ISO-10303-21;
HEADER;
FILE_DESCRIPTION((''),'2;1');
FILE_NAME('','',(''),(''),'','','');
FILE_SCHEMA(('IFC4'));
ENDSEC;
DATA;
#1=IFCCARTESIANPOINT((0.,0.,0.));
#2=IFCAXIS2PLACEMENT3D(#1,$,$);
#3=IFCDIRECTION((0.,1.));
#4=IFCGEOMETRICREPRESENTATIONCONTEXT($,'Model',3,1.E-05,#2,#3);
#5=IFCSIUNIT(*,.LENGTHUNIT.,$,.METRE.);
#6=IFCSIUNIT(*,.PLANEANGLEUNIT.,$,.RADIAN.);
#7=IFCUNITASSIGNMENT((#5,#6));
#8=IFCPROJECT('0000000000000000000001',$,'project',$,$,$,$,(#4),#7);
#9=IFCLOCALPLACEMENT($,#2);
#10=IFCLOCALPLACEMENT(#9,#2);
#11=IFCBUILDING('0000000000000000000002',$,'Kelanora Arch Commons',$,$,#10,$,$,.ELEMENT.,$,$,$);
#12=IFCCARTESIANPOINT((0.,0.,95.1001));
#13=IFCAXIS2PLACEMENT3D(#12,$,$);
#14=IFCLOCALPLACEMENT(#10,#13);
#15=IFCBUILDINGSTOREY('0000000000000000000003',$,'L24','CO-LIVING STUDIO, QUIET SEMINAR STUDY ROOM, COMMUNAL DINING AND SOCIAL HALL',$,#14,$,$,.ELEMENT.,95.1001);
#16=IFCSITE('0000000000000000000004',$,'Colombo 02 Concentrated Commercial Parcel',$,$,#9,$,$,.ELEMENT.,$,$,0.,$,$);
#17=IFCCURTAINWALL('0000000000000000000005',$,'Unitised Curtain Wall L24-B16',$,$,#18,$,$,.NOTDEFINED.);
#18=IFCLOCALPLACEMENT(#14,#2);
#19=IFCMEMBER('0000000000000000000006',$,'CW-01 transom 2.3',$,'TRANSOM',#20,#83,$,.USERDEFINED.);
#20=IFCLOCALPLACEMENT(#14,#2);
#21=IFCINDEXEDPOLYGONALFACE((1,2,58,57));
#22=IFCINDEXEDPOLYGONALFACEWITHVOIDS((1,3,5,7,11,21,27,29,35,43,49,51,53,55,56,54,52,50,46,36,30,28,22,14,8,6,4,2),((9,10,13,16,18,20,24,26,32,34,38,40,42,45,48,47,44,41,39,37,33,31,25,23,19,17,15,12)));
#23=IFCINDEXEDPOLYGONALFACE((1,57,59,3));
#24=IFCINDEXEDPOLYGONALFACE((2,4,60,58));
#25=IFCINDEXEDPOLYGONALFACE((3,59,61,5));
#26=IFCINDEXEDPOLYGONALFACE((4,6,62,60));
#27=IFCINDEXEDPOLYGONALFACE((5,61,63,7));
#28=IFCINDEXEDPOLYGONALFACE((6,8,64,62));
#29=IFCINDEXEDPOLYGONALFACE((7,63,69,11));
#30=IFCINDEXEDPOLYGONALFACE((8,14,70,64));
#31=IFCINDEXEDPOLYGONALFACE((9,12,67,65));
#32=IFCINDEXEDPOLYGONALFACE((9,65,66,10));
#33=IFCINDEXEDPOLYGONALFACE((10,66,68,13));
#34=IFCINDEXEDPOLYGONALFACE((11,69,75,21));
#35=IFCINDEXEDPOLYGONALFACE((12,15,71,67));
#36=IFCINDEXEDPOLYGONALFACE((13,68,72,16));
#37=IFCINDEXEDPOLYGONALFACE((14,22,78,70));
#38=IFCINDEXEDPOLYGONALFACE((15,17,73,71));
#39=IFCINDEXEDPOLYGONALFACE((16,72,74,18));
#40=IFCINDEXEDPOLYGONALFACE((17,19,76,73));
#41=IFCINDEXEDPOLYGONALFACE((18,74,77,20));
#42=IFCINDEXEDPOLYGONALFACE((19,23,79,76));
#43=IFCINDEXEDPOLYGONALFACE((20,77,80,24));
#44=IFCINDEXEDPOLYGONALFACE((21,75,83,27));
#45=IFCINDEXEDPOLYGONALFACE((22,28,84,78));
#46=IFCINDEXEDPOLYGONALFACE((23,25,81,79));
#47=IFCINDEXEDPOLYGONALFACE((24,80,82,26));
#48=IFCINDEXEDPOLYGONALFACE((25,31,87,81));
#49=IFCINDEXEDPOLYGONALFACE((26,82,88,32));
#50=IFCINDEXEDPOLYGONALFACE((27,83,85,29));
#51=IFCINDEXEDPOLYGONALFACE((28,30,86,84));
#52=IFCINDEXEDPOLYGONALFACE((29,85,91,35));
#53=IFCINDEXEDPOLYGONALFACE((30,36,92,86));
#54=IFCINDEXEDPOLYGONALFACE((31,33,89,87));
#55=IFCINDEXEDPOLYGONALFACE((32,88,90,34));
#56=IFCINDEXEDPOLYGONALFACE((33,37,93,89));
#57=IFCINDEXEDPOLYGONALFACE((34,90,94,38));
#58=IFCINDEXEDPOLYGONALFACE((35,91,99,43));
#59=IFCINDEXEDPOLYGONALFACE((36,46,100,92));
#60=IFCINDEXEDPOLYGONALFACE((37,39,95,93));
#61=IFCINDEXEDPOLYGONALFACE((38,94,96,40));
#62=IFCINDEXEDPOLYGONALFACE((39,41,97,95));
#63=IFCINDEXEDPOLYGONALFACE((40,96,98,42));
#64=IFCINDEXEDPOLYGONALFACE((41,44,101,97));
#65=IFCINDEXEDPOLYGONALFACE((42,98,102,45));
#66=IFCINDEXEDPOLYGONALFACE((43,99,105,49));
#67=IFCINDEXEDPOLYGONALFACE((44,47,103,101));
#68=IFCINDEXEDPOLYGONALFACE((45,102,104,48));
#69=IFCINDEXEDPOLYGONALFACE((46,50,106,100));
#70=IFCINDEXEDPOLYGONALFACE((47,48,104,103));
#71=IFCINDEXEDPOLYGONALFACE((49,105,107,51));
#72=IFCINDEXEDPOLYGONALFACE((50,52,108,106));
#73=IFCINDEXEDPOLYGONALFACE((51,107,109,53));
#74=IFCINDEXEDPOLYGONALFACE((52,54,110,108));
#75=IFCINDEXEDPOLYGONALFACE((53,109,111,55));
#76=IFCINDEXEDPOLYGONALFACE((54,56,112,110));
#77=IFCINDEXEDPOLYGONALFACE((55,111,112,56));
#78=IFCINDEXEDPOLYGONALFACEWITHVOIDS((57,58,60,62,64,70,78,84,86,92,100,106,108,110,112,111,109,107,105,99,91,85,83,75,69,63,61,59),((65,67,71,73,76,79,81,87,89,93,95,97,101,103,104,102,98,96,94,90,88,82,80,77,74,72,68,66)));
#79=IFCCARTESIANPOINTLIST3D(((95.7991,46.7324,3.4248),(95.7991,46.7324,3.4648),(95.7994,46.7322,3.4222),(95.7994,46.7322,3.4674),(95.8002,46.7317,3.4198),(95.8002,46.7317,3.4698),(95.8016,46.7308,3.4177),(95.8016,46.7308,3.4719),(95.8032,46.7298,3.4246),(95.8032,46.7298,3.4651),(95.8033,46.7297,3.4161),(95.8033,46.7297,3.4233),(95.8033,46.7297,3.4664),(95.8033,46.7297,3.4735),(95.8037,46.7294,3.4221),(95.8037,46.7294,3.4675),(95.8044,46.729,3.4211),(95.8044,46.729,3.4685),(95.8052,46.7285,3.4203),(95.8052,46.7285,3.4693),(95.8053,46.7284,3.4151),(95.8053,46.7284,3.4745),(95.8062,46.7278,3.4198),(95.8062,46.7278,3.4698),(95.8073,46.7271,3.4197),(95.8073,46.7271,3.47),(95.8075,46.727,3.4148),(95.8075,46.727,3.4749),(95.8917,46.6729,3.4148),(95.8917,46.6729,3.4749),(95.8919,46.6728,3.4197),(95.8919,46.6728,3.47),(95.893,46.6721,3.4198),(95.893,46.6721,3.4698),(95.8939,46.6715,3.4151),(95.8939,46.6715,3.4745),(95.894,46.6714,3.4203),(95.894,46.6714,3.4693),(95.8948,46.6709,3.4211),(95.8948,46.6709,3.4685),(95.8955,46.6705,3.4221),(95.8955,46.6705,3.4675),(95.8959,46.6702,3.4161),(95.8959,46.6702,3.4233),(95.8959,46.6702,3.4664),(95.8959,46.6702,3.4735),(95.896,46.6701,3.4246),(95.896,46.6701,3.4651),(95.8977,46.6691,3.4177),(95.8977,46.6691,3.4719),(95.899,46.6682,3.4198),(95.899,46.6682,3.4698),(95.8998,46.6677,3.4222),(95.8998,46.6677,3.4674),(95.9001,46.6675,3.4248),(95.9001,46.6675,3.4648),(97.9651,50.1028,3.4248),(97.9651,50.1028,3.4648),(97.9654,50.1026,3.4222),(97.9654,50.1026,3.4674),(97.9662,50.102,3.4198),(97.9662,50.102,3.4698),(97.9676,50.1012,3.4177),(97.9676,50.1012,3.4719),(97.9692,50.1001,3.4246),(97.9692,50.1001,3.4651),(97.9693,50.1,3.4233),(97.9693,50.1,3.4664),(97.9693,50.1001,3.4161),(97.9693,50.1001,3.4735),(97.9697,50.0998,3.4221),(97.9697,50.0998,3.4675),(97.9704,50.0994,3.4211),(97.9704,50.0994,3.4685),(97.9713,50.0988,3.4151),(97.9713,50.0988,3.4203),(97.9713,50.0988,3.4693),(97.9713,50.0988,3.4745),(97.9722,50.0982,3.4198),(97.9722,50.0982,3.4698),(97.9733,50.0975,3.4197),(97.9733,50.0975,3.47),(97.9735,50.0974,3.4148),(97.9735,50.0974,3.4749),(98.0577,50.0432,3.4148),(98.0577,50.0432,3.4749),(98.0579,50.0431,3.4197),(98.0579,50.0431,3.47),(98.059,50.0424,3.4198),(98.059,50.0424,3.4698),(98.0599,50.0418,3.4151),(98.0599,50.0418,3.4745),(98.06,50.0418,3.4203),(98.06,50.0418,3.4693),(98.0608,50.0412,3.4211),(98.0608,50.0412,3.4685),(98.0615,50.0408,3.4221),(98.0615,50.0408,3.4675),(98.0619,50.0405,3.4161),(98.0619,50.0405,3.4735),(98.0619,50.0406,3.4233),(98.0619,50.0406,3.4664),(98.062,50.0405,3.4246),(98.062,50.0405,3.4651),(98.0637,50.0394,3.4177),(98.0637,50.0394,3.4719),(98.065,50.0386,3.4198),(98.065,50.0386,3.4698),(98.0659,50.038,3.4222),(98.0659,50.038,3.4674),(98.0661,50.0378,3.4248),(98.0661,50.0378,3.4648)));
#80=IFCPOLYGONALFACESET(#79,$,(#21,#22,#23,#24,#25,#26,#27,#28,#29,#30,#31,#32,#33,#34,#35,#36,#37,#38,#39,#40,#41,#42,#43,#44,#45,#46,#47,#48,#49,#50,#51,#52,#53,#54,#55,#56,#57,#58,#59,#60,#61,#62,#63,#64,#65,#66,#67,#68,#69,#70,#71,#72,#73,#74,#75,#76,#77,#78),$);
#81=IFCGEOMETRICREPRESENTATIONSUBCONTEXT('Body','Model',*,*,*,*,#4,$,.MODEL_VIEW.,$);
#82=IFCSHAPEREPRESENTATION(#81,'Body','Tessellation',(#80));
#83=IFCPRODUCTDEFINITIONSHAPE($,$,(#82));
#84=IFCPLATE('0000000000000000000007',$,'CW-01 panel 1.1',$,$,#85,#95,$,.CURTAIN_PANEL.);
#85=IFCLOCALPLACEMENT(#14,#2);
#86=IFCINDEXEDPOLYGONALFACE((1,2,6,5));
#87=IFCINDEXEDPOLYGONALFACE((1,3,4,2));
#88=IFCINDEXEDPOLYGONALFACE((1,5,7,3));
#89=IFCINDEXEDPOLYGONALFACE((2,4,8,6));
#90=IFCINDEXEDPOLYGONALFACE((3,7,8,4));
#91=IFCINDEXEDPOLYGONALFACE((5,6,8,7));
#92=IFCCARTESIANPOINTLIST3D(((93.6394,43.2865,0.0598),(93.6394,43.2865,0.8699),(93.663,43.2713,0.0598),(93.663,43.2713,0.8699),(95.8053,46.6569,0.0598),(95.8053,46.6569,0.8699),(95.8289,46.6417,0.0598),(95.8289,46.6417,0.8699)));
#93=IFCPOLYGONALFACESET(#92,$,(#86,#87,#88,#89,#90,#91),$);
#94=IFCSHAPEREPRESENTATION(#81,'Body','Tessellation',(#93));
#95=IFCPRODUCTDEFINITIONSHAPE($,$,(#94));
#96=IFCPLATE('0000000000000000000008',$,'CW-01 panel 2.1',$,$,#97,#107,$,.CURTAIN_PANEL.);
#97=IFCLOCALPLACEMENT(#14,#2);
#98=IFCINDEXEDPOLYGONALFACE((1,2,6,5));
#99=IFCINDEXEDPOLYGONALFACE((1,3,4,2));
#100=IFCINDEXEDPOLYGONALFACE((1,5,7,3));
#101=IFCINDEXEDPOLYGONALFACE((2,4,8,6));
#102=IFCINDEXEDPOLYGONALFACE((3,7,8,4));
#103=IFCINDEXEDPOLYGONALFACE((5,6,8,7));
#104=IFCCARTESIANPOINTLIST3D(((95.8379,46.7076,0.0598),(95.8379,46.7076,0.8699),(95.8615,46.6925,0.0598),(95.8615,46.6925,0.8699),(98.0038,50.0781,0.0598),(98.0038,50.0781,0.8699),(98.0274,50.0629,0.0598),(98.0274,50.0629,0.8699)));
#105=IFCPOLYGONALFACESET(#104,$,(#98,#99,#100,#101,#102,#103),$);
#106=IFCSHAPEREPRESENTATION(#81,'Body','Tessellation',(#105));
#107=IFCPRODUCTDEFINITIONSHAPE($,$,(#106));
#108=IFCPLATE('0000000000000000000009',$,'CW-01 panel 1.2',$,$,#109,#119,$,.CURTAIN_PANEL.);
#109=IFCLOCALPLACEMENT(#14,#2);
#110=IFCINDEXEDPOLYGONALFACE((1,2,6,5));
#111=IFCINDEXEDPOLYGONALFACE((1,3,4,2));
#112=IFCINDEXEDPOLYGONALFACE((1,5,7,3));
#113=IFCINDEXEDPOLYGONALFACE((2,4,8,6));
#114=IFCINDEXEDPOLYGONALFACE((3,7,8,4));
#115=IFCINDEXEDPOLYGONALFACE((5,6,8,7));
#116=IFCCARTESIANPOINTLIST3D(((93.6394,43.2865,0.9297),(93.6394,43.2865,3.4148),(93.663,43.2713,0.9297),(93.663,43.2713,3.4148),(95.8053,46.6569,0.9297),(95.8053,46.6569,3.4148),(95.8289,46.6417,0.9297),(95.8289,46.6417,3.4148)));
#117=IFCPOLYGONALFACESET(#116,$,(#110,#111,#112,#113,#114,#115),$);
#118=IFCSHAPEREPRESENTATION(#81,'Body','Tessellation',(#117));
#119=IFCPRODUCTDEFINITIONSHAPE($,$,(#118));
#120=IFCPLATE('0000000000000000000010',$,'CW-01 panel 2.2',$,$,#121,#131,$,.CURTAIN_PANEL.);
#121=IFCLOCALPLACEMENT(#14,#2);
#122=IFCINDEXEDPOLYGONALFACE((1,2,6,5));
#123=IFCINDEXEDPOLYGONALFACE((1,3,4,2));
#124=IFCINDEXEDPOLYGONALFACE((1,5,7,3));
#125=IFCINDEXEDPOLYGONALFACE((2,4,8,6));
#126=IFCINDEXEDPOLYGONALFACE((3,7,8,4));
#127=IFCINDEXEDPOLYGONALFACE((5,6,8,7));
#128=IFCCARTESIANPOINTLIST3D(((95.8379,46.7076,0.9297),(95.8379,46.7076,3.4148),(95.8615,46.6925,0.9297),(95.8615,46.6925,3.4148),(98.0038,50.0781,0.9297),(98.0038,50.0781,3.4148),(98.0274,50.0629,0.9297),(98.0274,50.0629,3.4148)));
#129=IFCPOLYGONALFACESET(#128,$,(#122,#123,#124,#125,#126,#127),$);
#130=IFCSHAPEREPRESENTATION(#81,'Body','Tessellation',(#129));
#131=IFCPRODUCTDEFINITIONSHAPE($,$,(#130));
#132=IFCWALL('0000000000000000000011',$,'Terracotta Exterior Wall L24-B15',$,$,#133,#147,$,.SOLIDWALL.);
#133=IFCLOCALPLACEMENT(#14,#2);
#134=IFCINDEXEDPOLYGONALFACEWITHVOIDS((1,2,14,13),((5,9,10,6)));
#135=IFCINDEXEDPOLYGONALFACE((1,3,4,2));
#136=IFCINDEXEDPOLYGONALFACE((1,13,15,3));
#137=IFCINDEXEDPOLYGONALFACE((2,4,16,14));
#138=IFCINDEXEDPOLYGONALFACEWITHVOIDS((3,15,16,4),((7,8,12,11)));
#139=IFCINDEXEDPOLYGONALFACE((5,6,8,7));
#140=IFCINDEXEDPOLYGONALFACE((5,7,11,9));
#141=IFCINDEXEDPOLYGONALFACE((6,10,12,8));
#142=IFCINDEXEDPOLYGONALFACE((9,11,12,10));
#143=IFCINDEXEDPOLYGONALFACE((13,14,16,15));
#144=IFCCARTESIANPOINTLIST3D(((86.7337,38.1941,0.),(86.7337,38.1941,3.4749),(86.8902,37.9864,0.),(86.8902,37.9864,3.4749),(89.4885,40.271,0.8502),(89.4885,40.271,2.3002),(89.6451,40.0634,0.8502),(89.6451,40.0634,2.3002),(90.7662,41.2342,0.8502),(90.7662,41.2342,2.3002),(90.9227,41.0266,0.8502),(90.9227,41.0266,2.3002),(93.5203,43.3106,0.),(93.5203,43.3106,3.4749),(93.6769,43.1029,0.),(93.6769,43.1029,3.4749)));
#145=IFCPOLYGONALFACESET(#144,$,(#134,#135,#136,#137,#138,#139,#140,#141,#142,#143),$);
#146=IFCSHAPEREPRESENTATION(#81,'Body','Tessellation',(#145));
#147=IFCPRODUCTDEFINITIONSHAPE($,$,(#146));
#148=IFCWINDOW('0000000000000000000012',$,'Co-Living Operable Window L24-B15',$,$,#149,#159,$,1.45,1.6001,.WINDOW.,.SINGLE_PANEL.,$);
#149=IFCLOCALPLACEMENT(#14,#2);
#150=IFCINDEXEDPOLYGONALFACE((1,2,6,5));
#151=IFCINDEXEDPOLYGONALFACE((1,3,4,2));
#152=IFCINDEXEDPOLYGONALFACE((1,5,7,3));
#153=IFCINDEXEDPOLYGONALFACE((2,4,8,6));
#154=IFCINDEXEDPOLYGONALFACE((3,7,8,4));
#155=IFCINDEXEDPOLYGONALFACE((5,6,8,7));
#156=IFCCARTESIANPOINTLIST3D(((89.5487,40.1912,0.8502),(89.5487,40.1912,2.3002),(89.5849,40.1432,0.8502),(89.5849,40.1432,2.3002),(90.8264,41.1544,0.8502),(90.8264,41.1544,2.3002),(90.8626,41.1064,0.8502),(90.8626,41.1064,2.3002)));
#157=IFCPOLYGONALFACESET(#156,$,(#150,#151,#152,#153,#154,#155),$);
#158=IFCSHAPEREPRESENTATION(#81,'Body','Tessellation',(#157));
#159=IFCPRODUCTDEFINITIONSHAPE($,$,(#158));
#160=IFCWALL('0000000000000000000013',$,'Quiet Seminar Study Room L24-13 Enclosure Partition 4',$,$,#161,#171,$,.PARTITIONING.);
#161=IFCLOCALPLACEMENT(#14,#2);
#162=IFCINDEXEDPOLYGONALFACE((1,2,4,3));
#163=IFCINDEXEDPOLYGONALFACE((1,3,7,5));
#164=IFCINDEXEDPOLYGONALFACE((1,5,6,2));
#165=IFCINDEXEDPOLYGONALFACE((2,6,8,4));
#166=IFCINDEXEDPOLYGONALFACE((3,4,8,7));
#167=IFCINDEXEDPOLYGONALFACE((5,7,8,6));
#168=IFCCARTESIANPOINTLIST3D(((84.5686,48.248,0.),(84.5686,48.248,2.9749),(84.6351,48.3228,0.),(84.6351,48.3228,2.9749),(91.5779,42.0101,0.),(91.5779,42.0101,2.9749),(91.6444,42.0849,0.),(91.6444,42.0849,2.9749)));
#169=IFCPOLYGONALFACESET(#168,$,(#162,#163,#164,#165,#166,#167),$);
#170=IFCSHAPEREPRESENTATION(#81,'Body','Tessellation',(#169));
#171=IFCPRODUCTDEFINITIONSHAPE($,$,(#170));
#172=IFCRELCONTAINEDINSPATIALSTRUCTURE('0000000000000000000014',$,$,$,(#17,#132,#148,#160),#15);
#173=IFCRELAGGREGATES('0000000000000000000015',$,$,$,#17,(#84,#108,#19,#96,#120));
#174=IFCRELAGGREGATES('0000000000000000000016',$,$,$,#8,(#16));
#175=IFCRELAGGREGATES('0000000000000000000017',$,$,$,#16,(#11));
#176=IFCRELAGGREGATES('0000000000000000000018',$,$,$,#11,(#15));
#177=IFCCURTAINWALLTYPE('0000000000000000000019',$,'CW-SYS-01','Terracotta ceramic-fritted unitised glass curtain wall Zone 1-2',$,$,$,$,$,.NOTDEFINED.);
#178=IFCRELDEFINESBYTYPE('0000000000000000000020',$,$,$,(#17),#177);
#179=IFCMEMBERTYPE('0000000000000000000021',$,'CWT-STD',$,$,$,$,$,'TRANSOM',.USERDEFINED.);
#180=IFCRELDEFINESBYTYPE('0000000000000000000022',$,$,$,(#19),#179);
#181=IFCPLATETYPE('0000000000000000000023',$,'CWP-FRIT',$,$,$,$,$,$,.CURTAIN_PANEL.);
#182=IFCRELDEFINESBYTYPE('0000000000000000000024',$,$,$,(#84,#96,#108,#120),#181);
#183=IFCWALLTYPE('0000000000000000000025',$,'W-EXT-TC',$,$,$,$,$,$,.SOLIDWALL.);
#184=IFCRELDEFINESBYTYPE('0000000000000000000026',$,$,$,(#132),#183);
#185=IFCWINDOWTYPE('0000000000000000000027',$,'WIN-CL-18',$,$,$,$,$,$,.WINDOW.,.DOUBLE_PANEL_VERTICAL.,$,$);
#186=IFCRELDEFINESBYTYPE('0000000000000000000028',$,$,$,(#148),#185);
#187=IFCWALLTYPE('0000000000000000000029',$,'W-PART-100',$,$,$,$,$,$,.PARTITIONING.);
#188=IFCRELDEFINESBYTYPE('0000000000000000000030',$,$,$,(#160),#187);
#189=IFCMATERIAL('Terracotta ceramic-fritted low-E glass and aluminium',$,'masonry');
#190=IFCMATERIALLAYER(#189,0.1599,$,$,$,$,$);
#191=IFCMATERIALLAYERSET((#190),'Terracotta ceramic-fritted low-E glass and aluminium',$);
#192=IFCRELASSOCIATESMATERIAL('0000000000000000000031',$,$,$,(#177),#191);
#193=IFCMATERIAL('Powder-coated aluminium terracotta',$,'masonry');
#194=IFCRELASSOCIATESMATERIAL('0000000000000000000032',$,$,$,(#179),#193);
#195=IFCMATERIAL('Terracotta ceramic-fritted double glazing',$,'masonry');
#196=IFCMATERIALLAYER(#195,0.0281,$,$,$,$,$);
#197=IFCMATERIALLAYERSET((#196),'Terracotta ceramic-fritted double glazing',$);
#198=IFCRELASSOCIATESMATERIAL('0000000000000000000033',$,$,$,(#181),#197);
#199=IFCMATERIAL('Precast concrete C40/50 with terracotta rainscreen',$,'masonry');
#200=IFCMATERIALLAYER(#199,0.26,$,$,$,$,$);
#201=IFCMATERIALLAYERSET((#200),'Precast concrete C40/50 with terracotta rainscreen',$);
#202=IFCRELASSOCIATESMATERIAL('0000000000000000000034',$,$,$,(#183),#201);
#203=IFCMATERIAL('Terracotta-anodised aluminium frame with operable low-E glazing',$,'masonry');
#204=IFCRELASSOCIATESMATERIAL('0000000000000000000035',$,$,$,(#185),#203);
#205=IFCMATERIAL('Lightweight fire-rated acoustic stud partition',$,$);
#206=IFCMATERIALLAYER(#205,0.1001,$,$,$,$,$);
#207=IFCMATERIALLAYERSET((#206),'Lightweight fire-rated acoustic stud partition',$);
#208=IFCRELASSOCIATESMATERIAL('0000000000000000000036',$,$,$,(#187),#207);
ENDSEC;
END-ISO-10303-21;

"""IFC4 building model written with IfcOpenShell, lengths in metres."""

from ifc_helpers import new_model, si_unit, direction, frame, frame_2d, origin, origin_2d, place, context, subcontext, project, spatial, rectangle, hollow_rectangle, extrude, source, transform, mapped, material, layer, layer_set, material_profile, profile_set, type_object, element, fill, aggregate, save


model = new_model("IFC4")

# Units and contexts
model_context = context("Model", 3, precision=1e-05, world=origin(), true_north=direction((0.0, 1.0)))
body_context = subcontext(model_context, "Body", "Model", "MODEL_VIEW")
ifc_project = project(units=[si_unit("LENGTHUNIT", "METRE"), si_unit("PLANEANGLEUNIT", "RADIAN")], contexts=[model_context])

# Site, building, storey
site_placement = place(None, origin())
site = spatial("IfcSite", under=ifc_project, at=site_placement, Name="Colombo 02 Concentrated Commercial Parcel", CompositionType="ELEMENT", RefElevation=0.0)
building_placement = place(site_placement, origin())
building = spatial("IfcBuilding", under=site, at=building_placement, Name="Kelanora Arch Commons", CompositionType="ELEMENT")
storey_placement = place(building_placement, frame((0.0, 0.0, 95.1001)))
storey = spatial("IfcBuildingStorey", under=building, at=storey_placement, Name="L24", Description="CO-LIVING STUDIO, QUIET SEMINAR STUDY ROOM, COMMUNAL DINING AND SOCIAL HALL", CompositionType="ELEMENT", Elevation=95.1001)

# Shared definitions
ifc_material_1 = material(Name="Terracotta ceramic-fritted low-E glass and aluminium", Category="masonry")
ifc_layer_1 = layer(ifc_material_1, 0.1599)
ifc_layer_set_1 = layer_set([ifc_layer_1], Name="Terracotta ceramic-fritted low-E glass and aluminium")
curtain_wall_type = type_object("IfcCurtainWallType", Name="CW-SYS-01", Description="Terracotta ceramic-fritted unitised glass curtain wall Zone 1-2", PredefinedType="NOTDEFINED", material=ifc_layer_set_1)
ifc_material_2 = material(Name="Powder-coated aluminium terracotta", Category="masonry")

# Curtain wall, member, plates
curtain_wall_1_placement = place(storey_placement, origin())
curtain_wall_1 = element("IfcCurtainWall", 1, at=curtain_wall_1_placement, inside=storey, type_object=curtain_wall_type, Name="Unitised Curtain Wall L24-B16", PredefinedType="NOTDEFINED")
ifc_material_profile_1 = material_profile(ifc_material_2, hollow_rectangle(XDim=0.1201, YDim=0.0601, WallThickness=0.0049, InnerFilletRadius=0.0049, OuterFilletRadius=0.01, at=origin_2d()), Name="CWT120x60")
ifc_profile_set_1 = profile_set([ifc_material_profile_1], Name="Powder-coated aluminium terracotta")
member_type_1 = type_object("IfcMemberType", Name="CWT-STD", ElementType="TRANSOM", PredefinedType="USERDEFINED", material=ifc_profile_set_1)
member_1_placement = place(storey_placement, frame((95.8496, 46.7, 3.4448), z_axis=(0.540644, 0.841252, 0.0), x_axis=(-0.841252, 0.540644, 0.0)))
member_1 = element("IfcMember", 2, at=member_1_placement, type_object=member_type_1, Name="CW-01 transom 2.3", ObjectType="TRANSOM", PredefinedType="USERDEFINED", context=body_context, shape_type="SweptSolid", body=[
    extrude(hollow_rectangle(XDim=0.1201, YDim=0.0601, WallThickness=0.0049, InnerFilletRadius=0.0049, OuterFilletRadius=0.01, at=origin_2d()), origin(), (0.0, 0.0, 1.0), 4.0063),
])
ifc_material_3 = material(Name="Terracotta ceramic-fritted double glazing", Category="masonry")
ifc_layer_2 = layer(ifc_material_3, 0.0281)
ifc_layer_set_2 = layer_set([ifc_layer_2], Name="Terracotta ceramic-fritted double glazing")
plate_type = type_object("IfcPlateType", Name="CWP-FRIT", PredefinedType="CURTAIN_PANEL", material=ifc_layer_set_2)
shared_shape_1 = source(origin(), body_context, "Body", "SweptSolid", [
    extrude(rectangle(XDim=4.0063, YDim=0.0281, at=origin_2d()), origin(), (0.0, 0.0, 1.0), 0.8101),
])
plate_1_placement = place(storey_placement, frame((94.7341, 44.9641, 0.0598), z_axis=(0.0, 0.0, 1.0), x_axis=(0.540617, 0.841269, 0.0)))
plate_1 = element("IfcPlate", 3, at=plate_1_placement, type_object=plate_type, Name="CW-01 panel 1.1", PredefinedType="CURTAIN_PANEL", context=body_context, shape_type="MappedRepresentation", body=[
    mapped(shared_shape_1, transform((0.0, 0.0, 0.0), scale=1.0)),
])
plate_2_placement = place(storey_placement, frame((96.9326, 48.3853, 0.0598), z_axis=(0.0, 0.0, 1.0), x_axis=(0.540617, 0.841269, 0.0)))
plate_2 = element("IfcPlate", 4, at=plate_2_placement, type_object=plate_type, Name="CW-01 panel 2.1", PredefinedType="CURTAIN_PANEL", context=body_context, shape_type="MappedRepresentation", body=[
    mapped(shared_shape_1, transform((0.0, 0.0, 0.0), scale=1.0)),
])
shared_shape_2 = source(origin(), body_context, "Body", "SweptSolid", [
    extrude(rectangle(XDim=4.0063, YDim=0.0281, at=origin_2d()), origin(), (0.0, 0.0, 1.0), 2.4851),
])
plate_3_placement = place(storey_placement, frame((94.7341, 44.9641, 0.9297), z_axis=(0.0, 0.0, 1.0), x_axis=(0.540617, 0.841269, 0.0)))
plate_3 = element("IfcPlate", 5, at=plate_3_placement, type_object=plate_type, Name="CW-01 panel 1.2", PredefinedType="CURTAIN_PANEL", context=body_context, shape_type="MappedRepresentation", body=[
    mapped(shared_shape_2, transform((0.0, 0.0, 0.0), scale=1.0)),
])
plate_4_placement = place(storey_placement, frame((96.9326, 48.3853, 0.9297), z_axis=(0.0, 0.0, 1.0), x_axis=(0.540617, 0.841269, 0.0)))
plate_4 = element("IfcPlate", 6, at=plate_4_placement, type_object=plate_type, Name="CW-01 panel 2.2", PredefinedType="CURTAIN_PANEL", context=body_context, shape_type="MappedRepresentation", body=[
    mapped(shared_shape_2, transform((0.0, 0.0, 0.0), scale=1.0)),
])
aggregate(curtain_wall_1, [plate_1, plate_3, member_1, plate_2, plate_4])

# Wall, opening, window
ifc_material_4 = material(Name="Precast concrete C40/50 with terracotta rainscreen", Category="masonry")
ifc_layer_3 = layer(ifc_material_4, 0.26)
ifc_layer_set_3 = layer_set([ifc_layer_3], Name="Precast concrete C40/50 with terracotta rainscreen")
wall_type_1 = type_object("IfcWallType", Name="W-EXT-TC", PredefinedType="SOLIDWALL", material=ifc_layer_set_3)
wall_1_placement = place(storey_placement, frame((86.812, 38.0903, 0.0), z_axis=(0.0, 0.0, 1.0), x_axis=(0.798502, 0.601993, 0.0)))
wall_1 = element("IfcWall", 7, at=wall_1_placement, inside=storey, type_object=wall_type_1, Name="Terracotta Exterior Wall L24-B15", PredefinedType="SOLIDWALL", context=body_context, shape_type="SweptSolid", body=[
    extrude(rectangle(XDim=8.4993, YDim=0.26, at=frame_2d((4.2495, 0.0))), origin(), (0.0, 0.0, 1.0), 3.4749),
])
opening_placement = place(wall_1_placement, frame((3.45, 0.0, 0.8501)))
opening = element("IfcOpeningElement", 8, at=opening_placement, cuts=wall_1, PredefinedType="OPENING", context=body_context, shape_type="SweptSolid", body=[
    extrude(rectangle(XDim=1.6001, YDim=1.45, at=frame_2d((0.8, 0.7251))), frame((0.0, 0.1401, 0.0), z_axis=(0.0, -1.0, 0.0), x_axis=(1.0, 0.0, 0.0)), (0.0, 0.0, 1.0), 0.28),
])
ifc_material_5 = material(Name="Terracotta-anodised aluminium frame with operable low-E glazing", Category="masonry")
window_type = type_object("IfcWindowType", Name="WIN-CL-18", PartitioningType="DOUBLE_PANEL_VERTICAL", PredefinedType="WINDOW", material=ifc_material_5)
window_placement = place(opening_placement, origin())
window = element("IfcWindow", 9, at=window_placement, inside=storey, type_object=window_type, Name="Co-Living Operable Window L24-B15", OverallHeight=1.45, OverallWidth=1.6001, PartitioningType="SINGLE_PANEL", PredefinedType="WINDOW", context=body_context, shape_type="SweptSolid", body=[
    extrude(rectangle(XDim=1.6001, YDim=1.45, at=frame_2d((0.8, 0.7251))), frame((0.0, 0.03, 0.0), z_axis=(0.0, -1.0, 0.0), x_axis=(1.0, 0.0, 0.0)), (0.0, 0.0, 1.0), 0.0601),
])
fill(opening, window)

# Wall
ifc_material_6 = material(Name="Lightweight fire-rated acoustic stud partition")
ifc_layer_4 = layer(ifc_material_6, 0.1001)
ifc_layer_set_4 = layer_set([ifc_layer_4], Name="Lightweight fire-rated acoustic stud partition")
wall_type_2 = type_object("IfcWallType", Name="W-PART-100", PredefinedType="PARTITIONING", material=ifc_layer_set_4)
wall_2_placement = place(storey_placement, frame((91.6111, 42.0476, 0.0), z_axis=(0.0, 0.0, 1.0), x_axis=(-0.747022, 0.6648, 0.0)))
element("IfcWall", 10, at=wall_2_placement, inside=storey, type_object=wall_type_2, Name="Quiet Seminar Study Room L24-13 Enclosure Partition 4", PredefinedType="PARTITIONING", context=body_context, shape_type="SweptSolid", body=[
    extrude(rectangle(XDim=9.3831, YDim=0.1001, at=frame_2d((4.6914, 0.0))), origin(), (0.0, 0.0, 1.0), 2.9749),
])

save(model, "model.ifc")
